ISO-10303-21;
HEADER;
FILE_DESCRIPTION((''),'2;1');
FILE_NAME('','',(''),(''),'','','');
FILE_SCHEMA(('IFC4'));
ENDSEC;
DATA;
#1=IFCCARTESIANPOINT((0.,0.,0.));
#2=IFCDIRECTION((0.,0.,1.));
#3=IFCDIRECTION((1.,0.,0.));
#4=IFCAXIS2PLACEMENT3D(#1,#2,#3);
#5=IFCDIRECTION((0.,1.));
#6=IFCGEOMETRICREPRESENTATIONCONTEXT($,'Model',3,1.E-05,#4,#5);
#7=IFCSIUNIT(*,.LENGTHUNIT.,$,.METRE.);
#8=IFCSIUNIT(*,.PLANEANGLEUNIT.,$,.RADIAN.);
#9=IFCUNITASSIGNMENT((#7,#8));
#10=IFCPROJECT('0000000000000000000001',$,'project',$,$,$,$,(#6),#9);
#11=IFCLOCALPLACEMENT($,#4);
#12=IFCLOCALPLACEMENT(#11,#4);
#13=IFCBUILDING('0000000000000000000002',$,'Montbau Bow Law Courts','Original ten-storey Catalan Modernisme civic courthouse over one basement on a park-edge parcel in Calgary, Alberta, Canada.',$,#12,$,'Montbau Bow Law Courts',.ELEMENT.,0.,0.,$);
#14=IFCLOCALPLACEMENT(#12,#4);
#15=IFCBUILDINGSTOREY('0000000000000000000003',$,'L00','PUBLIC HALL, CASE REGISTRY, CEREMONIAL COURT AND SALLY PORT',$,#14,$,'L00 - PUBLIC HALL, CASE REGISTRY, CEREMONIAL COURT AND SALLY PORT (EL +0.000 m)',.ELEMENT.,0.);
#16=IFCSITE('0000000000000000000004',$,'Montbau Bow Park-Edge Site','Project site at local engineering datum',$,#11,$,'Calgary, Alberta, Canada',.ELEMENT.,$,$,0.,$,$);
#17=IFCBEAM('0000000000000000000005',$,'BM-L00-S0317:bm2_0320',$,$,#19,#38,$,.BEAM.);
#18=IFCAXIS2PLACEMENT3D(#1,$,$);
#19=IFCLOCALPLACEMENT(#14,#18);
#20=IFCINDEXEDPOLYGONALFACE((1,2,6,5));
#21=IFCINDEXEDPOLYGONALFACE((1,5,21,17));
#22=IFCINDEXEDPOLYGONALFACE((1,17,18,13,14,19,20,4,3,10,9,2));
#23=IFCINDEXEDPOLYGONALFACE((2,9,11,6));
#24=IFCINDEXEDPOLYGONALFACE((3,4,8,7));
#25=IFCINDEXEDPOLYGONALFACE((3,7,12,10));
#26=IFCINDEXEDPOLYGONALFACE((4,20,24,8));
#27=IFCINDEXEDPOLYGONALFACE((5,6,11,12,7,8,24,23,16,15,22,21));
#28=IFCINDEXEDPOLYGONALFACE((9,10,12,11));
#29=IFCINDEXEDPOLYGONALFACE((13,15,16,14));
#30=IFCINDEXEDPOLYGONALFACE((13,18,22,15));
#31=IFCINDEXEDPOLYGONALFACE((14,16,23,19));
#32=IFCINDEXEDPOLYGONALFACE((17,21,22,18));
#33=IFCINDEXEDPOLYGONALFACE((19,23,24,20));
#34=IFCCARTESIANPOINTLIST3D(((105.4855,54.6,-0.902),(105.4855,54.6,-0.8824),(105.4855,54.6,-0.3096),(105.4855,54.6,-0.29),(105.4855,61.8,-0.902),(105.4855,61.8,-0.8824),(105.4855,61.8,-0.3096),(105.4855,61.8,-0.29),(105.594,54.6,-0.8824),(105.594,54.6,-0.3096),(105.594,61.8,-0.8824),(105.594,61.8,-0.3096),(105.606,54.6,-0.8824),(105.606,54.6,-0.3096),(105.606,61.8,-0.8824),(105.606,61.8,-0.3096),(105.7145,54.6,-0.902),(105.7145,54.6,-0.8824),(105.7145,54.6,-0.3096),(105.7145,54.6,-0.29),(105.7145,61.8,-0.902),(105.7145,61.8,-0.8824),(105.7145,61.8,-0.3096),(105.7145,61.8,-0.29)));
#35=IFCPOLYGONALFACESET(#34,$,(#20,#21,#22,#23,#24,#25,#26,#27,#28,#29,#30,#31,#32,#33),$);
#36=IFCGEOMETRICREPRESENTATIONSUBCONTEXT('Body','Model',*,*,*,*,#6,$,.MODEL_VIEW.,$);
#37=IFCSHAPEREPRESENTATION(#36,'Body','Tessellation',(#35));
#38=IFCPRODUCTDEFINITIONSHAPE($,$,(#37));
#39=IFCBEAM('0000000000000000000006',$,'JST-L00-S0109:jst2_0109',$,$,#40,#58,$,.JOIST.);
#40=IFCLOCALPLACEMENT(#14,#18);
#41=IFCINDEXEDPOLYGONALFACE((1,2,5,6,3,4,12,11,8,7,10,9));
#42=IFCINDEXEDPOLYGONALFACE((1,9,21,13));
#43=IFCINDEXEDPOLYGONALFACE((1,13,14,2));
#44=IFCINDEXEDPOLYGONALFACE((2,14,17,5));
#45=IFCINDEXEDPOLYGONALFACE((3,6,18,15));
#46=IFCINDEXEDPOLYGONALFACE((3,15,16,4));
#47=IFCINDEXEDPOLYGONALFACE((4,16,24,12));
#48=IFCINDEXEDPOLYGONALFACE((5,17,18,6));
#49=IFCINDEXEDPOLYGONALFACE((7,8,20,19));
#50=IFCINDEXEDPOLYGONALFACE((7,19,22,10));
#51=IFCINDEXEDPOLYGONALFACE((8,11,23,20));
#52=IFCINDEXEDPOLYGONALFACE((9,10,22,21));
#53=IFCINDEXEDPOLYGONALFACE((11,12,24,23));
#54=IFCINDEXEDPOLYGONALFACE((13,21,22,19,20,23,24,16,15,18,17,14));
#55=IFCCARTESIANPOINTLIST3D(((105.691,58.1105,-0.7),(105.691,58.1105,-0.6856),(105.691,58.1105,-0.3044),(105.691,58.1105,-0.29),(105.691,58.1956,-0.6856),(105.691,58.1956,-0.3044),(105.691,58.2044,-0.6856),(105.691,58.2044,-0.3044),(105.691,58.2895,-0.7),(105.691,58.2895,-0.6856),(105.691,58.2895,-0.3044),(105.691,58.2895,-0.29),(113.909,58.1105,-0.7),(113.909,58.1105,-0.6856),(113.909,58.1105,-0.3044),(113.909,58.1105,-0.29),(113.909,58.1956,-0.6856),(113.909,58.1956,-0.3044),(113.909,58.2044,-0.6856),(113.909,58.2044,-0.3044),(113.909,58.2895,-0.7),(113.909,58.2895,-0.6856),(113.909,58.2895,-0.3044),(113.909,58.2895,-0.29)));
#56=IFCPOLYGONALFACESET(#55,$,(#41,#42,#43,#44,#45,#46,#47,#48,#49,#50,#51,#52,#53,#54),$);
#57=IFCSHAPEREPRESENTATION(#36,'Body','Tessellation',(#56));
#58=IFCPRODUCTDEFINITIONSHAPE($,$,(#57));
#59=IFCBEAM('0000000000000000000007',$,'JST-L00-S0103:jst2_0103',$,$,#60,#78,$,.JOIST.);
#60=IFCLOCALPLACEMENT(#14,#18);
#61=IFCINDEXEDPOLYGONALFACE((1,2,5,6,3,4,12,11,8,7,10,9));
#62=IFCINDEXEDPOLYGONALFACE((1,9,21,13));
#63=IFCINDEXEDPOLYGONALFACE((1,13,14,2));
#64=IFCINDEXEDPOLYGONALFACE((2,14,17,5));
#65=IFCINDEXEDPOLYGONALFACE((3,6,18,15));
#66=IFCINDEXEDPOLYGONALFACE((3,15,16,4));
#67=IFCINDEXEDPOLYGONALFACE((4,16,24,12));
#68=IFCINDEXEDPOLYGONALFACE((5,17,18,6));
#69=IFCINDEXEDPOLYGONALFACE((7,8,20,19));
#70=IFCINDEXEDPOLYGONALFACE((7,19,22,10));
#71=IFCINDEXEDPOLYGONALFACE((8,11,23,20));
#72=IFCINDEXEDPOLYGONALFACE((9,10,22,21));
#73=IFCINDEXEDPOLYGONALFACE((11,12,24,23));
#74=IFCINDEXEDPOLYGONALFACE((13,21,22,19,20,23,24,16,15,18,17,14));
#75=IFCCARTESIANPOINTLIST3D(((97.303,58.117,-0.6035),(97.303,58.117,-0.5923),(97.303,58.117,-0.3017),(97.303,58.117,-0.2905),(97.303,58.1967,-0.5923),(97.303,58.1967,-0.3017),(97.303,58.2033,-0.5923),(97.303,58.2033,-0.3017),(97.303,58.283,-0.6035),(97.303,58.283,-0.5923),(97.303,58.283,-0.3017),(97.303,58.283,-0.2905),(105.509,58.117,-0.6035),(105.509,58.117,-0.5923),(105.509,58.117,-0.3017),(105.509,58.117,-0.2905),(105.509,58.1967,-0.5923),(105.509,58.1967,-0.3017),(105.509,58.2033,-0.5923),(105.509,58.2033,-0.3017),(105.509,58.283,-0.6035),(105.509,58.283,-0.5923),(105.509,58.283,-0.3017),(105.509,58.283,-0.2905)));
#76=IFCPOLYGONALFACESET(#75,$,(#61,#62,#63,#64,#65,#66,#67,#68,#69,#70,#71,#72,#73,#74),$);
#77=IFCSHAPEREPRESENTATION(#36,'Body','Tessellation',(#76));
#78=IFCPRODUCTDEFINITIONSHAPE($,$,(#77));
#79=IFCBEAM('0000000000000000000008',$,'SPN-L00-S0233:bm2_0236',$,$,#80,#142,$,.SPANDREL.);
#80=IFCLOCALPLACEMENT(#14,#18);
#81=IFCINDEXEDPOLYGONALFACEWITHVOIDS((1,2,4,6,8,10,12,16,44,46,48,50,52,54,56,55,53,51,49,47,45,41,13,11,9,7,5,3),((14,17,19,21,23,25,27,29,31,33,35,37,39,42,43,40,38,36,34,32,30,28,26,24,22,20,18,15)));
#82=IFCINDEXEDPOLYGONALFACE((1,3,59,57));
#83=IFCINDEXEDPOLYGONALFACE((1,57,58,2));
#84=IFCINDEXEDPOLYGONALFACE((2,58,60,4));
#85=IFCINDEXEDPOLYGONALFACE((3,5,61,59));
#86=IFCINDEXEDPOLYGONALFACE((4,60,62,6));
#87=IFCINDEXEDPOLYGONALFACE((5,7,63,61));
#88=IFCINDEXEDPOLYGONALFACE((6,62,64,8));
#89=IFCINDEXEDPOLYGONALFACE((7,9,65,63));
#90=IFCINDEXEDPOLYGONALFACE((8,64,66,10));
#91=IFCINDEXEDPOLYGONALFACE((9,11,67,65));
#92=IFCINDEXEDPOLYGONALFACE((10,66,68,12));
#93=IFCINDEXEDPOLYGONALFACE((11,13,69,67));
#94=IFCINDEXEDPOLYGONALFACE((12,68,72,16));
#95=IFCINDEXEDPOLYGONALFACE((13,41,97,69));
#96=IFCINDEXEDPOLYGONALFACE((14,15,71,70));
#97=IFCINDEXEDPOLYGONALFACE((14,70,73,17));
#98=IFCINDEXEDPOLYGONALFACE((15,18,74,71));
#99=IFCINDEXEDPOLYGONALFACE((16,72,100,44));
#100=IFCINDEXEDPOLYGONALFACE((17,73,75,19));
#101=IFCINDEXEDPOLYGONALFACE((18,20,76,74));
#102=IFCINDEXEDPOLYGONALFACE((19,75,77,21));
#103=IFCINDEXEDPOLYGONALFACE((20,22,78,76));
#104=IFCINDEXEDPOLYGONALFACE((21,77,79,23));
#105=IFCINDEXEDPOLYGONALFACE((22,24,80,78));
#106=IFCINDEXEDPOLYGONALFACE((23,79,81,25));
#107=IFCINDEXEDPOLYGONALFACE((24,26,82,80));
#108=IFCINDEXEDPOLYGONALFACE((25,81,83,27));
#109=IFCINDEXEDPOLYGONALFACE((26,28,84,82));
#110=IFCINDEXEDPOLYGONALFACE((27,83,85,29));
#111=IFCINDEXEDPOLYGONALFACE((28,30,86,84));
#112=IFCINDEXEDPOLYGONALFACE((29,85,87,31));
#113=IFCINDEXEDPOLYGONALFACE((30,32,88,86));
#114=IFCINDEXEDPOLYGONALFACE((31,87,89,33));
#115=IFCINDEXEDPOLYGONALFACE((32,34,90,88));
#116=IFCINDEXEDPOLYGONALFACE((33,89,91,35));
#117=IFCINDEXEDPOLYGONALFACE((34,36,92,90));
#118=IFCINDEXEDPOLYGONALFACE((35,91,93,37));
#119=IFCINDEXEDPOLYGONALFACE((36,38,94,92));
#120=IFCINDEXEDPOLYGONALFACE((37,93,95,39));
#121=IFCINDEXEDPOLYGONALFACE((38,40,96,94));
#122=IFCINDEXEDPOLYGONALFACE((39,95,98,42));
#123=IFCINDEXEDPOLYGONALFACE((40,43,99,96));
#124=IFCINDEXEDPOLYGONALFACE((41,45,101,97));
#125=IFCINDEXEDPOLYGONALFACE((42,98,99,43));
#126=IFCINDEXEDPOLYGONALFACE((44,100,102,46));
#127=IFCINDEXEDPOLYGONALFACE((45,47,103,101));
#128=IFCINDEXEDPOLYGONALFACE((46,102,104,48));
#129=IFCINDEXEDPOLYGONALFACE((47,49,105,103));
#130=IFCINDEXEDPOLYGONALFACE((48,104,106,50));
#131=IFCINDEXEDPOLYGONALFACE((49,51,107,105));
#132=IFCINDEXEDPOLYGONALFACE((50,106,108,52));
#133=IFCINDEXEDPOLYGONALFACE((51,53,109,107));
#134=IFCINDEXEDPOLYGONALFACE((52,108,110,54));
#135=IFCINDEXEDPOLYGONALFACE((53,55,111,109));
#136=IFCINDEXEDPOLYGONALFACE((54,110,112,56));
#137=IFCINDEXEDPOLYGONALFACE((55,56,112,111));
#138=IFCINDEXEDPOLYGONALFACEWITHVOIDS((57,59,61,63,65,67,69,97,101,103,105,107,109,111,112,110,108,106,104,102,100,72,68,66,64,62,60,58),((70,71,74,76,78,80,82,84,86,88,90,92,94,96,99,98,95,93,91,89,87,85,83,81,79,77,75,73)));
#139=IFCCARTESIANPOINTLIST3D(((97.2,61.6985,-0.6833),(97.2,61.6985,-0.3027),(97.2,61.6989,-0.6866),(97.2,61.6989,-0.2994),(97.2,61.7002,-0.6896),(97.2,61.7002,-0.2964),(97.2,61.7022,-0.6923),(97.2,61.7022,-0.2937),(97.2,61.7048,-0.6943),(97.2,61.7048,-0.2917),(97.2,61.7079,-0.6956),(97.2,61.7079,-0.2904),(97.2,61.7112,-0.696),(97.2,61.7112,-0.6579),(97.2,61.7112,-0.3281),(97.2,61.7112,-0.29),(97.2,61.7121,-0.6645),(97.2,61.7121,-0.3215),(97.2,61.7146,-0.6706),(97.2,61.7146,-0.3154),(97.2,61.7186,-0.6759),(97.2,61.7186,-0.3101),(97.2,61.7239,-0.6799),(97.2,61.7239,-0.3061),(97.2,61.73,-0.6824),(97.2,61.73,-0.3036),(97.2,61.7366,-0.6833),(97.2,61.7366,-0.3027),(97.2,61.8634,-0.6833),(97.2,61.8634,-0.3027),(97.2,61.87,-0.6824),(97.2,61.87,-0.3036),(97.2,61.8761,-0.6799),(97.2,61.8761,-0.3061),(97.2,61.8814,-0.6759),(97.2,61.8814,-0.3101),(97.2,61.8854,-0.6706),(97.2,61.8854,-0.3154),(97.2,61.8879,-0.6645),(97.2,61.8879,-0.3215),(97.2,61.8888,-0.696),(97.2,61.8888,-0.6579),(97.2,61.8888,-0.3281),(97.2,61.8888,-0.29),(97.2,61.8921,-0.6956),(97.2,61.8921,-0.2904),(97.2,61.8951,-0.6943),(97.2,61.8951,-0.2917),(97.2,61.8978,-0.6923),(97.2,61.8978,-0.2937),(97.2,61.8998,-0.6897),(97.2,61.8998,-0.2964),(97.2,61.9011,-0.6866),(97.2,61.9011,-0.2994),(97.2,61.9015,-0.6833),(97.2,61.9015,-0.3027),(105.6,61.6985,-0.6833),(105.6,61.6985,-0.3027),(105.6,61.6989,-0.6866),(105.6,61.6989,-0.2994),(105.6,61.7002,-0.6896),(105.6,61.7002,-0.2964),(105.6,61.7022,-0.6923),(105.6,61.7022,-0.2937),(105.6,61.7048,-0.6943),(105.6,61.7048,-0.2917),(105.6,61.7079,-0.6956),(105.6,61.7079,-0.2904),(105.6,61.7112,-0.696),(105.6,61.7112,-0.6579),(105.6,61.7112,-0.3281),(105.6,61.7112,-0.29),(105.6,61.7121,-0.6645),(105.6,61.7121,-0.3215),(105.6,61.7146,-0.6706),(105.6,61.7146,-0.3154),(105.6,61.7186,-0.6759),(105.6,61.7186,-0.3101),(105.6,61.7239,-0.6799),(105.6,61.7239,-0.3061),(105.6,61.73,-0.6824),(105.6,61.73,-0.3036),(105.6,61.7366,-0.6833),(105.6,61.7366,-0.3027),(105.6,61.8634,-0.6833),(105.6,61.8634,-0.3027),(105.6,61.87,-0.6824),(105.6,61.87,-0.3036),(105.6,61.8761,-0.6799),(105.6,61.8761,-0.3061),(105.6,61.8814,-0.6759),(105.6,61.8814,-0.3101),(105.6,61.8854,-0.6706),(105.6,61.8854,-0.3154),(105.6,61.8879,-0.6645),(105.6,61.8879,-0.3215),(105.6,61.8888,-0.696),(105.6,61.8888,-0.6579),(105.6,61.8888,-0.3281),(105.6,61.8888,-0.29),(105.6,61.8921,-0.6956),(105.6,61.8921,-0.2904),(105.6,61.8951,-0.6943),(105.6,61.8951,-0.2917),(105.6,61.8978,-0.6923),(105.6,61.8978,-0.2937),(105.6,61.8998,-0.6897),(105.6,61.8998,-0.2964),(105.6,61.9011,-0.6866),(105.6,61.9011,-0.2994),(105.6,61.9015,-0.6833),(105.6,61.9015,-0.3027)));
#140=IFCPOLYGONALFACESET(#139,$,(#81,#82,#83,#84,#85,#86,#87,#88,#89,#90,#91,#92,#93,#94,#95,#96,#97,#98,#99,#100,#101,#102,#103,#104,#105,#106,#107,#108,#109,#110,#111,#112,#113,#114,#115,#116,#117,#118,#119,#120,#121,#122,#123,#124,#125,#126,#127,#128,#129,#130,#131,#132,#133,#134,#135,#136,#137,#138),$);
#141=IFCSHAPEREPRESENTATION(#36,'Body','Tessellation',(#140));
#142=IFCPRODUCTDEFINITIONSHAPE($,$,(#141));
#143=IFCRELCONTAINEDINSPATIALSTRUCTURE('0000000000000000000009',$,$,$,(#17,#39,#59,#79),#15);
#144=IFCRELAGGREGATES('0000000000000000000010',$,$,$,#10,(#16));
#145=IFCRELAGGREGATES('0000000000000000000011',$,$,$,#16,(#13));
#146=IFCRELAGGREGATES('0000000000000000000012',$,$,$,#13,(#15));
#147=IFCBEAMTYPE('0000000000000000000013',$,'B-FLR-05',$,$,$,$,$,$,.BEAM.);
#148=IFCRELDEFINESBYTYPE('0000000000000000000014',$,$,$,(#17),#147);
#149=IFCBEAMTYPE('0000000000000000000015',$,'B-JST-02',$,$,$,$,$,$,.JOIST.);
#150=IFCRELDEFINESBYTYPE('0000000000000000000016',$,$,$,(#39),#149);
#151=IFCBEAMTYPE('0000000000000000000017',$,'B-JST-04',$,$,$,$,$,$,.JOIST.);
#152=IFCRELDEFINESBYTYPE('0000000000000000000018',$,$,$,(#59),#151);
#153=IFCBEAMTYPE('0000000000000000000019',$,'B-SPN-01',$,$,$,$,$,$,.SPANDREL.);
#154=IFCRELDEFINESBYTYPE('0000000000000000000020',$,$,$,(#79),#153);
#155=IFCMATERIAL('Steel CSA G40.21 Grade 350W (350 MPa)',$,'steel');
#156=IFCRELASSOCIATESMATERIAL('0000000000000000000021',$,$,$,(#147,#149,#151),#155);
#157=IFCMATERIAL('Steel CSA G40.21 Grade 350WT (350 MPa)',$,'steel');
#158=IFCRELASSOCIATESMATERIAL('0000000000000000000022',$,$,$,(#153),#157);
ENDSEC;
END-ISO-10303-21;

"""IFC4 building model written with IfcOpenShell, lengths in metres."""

from ifc_helpers import new_model, si_unit, direction, frame, origin_with_axes, origin_2d_with_axis, place, context, subcontext, project, spatial, hollow_rectangle, i_section, extrude, material, material_profile, profile_set, type_object, element, save


model = new_model("IFC4")

# Units and contexts
model_context = context("Model", 3, precision=1e-05, world=origin_with_axes(), true_north=direction((0.0, 1.0)))
body_context = subcontext(model_context, "Body", "Model", "MODEL_VIEW")
ifc_project = project(units=[si_unit("LENGTHUNIT", "METRE"), si_unit("PLANEANGLEUNIT", "RADIAN")], contexts=[model_context])

# Site, building, storey
site_placement = place(None, origin_with_axes())
site = spatial("IfcSite", under=ifc_project, at=site_placement, Name="Montbau Bow Park-Edge Site", Description="Project site at local engineering datum", LongName="Calgary, Alberta, Canada", CompositionType="ELEMENT", RefElevation=0.0)
building_placement = place(site_placement, origin_with_axes())
building = spatial("IfcBuilding", under=site, at=building_placement, Name="Montbau Bow Law Courts", Description="Original ten-storey Catalan Modernisme civic courthouse over one basement on a park-edge parcel in Calgary, Alberta, Canada.", LongName="Montbau Bow Law Courts", CompositionType="ELEMENT", ElevationOfRefHeight=0.0, ElevationOfTerrain=0.0)
storey_placement = place(building_placement, origin_with_axes())
storey = spatial("IfcBuildingStorey", under=building, at=storey_placement, Name="L00", Description="PUBLIC HALL, CASE REGISTRY, CEREMONIAL COURT AND SALLY PORT", LongName="L00 - PUBLIC HALL, CASE REGISTRY, CEREMONIAL COURT AND SALLY PORT (EL +0.000 m)", CompositionType="ELEMENT", Elevation=0.0)

# Shared definitions
ifc_material_1 = material(Name="Steel CSA G40.21 Grade 350WT (350 MPa)", Category="steel")

# Beams
ifc_material_2 = material(Name="Steel CSA G40.21 Grade 350W (350 MPa)", Category="steel")
ifc_material_profile_1 = material_profile(ifc_material_2, i_section(OverallWidth=0.229, OverallDepth=0.612, WebThickness=0.0119, FlangeThickness=0.0196, at=origin_2d_with_axis()), Name="W610X125", Category="Main", Priority=0)
ifc_profile_set_1 = profile_set([ifc_material_profile_1], Name="Steel CSA G40.21 Grade 350W (350 MPa)")
beam_type_1 = type_object("IfcBeamType", Name="B-FLR-05", PredefinedType="BEAM", material=ifc_profile_set_1)
beam_1_placement = place(None, frame((105.6, 54.6, -0.596), z_axis=(0.0, 1.0, 0.0), x_axis=(-1.0, 0.0, 0.0)))
element("IfcBeam", 1, at=beam_1_placement, inside=storey, type_object=beam_type_1, Name="BM-L00-S0317:bm2_0320", PredefinedType="BEAM", context=body_context, shape_type="SweptSolid", body=[
    extrude(i_section(OverallWidth=0.229, OverallDepth=0.612, WebThickness=0.0119, FlangeThickness=0.0196, at=origin_2d_with_axis()), origin_with_axes(), (0.0, 0.0, 1.0), 7.2),
])
ifc_material_profile_2 = material_profile(ifc_material_2, i_section(OverallWidth=0.179, OverallDepth=0.41, WebThickness=0.0088, FlangeThickness=0.0144, at=origin_2d_with_axis()), Name="W410X67", Category="Main", Priority=0)
ifc_profile_set_2 = profile_set([ifc_material_profile_2], Name="Steel CSA G40.21 Grade 350W (350 MPa)")
beam_type_2 = type_object("IfcBeamType", Name="B-JST-02", PredefinedType="JOIST", material=ifc_profile_set_2)
beam_2_placement = place(None, frame((105.691, 58.2, -0.495), z_axis=(1.0, 0.0, 0.0), x_axis=(0.0, 1.0, 0.0)))
element("IfcBeam", 2, at=beam_2_placement, inside=storey, type_object=beam_type_2, Name="JST-L00-S0109:jst2_0109", PredefinedType="JOIST", context=body_context, shape_type="SweptSolid", body=[
    extrude(i_section(OverallWidth=0.179, OverallDepth=0.41, WebThickness=0.0088, FlangeThickness=0.0144, at=origin_2d_with_axis()), origin_with_axes(), (0.0, 0.0, 1.0), 8.218),
])
ifc_material_profile_3 = material_profile(ifc_material_2, i_section(OverallWidth=0.166, OverallDepth=0.313, WebThickness=0.0066, FlangeThickness=0.0112, at=origin_2d_with_axis()), Name="W310X45", Category="Main", Priority=0)
ifc_profile_set_3 = profile_set([ifc_material_profile_3], Name="Steel CSA G40.21 Grade 350W (350 MPa)")
beam_type_3 = type_object("IfcBeamType", Name="B-JST-04", PredefinedType="JOIST", material=ifc_profile_set_3)
beam_3_placement = place(None, frame((97.303, 58.2, -0.447), z_axis=(1.0, 0.0, 0.0), x_axis=(0.0, 1.0, 0.0)))
element("IfcBeam", 3, at=beam_3_placement, inside=storey, type_object=beam_type_3, Name="JST-L00-S0103:jst2_0103", PredefinedType="JOIST", context=body_context, shape_type="SweptSolid", body=[
    extrude(i_section(OverallWidth=0.166, OverallDepth=0.313, WebThickness=0.0066, FlangeThickness=0.0112, at=origin_2d_with_axis()), origin_with_axes(), (0.0, 0.0, 1.0), 8.206),
])
ifc_material_profile_4 = material_profile(ifc_material_1, hollow_rectangle(XDim=0.203, YDim=0.406, WallThickness=0.0127, InnerFilletRadius=0.0254, OuterFilletRadius=0.0127, at=origin_2d_with_axis()), Name="HSS406X203X13", Category="Main", Priority=0)
ifc_profile_set_4 = profile_set([ifc_material_profile_4], Name="Steel CSA G40.21 Grade 350WT (350 MPa)")
beam_type_4 = type_object("IfcBeamType", Name="B-SPN-01", PredefinedType="SPANDREL", material=ifc_profile_set_4)
beam_4_placement = place(None, frame((97.2, 61.8, -0.493), z_axis=(1.0, 0.0, 0.0), x_axis=(0.0, 1.0, 0.0)))
element("IfcBeam", 4, at=beam_4_placement, inside=storey, type_object=beam_type_4, Name="SPN-L00-S0233:bm2_0236", PredefinedType="SPANDREL", context=body_context, shape_type="SweptSolid", body=[
    extrude(hollow_rectangle(XDim=0.203, YDim=0.406, WallThickness=0.0127, InnerFilletRadius=0.0254, OuterFilletRadius=0.0127, at=origin_2d_with_axis()), origin_with_axes(), (0.0, 0.0, 1.0), 8.4),
])

save(model, "model.ifc")
